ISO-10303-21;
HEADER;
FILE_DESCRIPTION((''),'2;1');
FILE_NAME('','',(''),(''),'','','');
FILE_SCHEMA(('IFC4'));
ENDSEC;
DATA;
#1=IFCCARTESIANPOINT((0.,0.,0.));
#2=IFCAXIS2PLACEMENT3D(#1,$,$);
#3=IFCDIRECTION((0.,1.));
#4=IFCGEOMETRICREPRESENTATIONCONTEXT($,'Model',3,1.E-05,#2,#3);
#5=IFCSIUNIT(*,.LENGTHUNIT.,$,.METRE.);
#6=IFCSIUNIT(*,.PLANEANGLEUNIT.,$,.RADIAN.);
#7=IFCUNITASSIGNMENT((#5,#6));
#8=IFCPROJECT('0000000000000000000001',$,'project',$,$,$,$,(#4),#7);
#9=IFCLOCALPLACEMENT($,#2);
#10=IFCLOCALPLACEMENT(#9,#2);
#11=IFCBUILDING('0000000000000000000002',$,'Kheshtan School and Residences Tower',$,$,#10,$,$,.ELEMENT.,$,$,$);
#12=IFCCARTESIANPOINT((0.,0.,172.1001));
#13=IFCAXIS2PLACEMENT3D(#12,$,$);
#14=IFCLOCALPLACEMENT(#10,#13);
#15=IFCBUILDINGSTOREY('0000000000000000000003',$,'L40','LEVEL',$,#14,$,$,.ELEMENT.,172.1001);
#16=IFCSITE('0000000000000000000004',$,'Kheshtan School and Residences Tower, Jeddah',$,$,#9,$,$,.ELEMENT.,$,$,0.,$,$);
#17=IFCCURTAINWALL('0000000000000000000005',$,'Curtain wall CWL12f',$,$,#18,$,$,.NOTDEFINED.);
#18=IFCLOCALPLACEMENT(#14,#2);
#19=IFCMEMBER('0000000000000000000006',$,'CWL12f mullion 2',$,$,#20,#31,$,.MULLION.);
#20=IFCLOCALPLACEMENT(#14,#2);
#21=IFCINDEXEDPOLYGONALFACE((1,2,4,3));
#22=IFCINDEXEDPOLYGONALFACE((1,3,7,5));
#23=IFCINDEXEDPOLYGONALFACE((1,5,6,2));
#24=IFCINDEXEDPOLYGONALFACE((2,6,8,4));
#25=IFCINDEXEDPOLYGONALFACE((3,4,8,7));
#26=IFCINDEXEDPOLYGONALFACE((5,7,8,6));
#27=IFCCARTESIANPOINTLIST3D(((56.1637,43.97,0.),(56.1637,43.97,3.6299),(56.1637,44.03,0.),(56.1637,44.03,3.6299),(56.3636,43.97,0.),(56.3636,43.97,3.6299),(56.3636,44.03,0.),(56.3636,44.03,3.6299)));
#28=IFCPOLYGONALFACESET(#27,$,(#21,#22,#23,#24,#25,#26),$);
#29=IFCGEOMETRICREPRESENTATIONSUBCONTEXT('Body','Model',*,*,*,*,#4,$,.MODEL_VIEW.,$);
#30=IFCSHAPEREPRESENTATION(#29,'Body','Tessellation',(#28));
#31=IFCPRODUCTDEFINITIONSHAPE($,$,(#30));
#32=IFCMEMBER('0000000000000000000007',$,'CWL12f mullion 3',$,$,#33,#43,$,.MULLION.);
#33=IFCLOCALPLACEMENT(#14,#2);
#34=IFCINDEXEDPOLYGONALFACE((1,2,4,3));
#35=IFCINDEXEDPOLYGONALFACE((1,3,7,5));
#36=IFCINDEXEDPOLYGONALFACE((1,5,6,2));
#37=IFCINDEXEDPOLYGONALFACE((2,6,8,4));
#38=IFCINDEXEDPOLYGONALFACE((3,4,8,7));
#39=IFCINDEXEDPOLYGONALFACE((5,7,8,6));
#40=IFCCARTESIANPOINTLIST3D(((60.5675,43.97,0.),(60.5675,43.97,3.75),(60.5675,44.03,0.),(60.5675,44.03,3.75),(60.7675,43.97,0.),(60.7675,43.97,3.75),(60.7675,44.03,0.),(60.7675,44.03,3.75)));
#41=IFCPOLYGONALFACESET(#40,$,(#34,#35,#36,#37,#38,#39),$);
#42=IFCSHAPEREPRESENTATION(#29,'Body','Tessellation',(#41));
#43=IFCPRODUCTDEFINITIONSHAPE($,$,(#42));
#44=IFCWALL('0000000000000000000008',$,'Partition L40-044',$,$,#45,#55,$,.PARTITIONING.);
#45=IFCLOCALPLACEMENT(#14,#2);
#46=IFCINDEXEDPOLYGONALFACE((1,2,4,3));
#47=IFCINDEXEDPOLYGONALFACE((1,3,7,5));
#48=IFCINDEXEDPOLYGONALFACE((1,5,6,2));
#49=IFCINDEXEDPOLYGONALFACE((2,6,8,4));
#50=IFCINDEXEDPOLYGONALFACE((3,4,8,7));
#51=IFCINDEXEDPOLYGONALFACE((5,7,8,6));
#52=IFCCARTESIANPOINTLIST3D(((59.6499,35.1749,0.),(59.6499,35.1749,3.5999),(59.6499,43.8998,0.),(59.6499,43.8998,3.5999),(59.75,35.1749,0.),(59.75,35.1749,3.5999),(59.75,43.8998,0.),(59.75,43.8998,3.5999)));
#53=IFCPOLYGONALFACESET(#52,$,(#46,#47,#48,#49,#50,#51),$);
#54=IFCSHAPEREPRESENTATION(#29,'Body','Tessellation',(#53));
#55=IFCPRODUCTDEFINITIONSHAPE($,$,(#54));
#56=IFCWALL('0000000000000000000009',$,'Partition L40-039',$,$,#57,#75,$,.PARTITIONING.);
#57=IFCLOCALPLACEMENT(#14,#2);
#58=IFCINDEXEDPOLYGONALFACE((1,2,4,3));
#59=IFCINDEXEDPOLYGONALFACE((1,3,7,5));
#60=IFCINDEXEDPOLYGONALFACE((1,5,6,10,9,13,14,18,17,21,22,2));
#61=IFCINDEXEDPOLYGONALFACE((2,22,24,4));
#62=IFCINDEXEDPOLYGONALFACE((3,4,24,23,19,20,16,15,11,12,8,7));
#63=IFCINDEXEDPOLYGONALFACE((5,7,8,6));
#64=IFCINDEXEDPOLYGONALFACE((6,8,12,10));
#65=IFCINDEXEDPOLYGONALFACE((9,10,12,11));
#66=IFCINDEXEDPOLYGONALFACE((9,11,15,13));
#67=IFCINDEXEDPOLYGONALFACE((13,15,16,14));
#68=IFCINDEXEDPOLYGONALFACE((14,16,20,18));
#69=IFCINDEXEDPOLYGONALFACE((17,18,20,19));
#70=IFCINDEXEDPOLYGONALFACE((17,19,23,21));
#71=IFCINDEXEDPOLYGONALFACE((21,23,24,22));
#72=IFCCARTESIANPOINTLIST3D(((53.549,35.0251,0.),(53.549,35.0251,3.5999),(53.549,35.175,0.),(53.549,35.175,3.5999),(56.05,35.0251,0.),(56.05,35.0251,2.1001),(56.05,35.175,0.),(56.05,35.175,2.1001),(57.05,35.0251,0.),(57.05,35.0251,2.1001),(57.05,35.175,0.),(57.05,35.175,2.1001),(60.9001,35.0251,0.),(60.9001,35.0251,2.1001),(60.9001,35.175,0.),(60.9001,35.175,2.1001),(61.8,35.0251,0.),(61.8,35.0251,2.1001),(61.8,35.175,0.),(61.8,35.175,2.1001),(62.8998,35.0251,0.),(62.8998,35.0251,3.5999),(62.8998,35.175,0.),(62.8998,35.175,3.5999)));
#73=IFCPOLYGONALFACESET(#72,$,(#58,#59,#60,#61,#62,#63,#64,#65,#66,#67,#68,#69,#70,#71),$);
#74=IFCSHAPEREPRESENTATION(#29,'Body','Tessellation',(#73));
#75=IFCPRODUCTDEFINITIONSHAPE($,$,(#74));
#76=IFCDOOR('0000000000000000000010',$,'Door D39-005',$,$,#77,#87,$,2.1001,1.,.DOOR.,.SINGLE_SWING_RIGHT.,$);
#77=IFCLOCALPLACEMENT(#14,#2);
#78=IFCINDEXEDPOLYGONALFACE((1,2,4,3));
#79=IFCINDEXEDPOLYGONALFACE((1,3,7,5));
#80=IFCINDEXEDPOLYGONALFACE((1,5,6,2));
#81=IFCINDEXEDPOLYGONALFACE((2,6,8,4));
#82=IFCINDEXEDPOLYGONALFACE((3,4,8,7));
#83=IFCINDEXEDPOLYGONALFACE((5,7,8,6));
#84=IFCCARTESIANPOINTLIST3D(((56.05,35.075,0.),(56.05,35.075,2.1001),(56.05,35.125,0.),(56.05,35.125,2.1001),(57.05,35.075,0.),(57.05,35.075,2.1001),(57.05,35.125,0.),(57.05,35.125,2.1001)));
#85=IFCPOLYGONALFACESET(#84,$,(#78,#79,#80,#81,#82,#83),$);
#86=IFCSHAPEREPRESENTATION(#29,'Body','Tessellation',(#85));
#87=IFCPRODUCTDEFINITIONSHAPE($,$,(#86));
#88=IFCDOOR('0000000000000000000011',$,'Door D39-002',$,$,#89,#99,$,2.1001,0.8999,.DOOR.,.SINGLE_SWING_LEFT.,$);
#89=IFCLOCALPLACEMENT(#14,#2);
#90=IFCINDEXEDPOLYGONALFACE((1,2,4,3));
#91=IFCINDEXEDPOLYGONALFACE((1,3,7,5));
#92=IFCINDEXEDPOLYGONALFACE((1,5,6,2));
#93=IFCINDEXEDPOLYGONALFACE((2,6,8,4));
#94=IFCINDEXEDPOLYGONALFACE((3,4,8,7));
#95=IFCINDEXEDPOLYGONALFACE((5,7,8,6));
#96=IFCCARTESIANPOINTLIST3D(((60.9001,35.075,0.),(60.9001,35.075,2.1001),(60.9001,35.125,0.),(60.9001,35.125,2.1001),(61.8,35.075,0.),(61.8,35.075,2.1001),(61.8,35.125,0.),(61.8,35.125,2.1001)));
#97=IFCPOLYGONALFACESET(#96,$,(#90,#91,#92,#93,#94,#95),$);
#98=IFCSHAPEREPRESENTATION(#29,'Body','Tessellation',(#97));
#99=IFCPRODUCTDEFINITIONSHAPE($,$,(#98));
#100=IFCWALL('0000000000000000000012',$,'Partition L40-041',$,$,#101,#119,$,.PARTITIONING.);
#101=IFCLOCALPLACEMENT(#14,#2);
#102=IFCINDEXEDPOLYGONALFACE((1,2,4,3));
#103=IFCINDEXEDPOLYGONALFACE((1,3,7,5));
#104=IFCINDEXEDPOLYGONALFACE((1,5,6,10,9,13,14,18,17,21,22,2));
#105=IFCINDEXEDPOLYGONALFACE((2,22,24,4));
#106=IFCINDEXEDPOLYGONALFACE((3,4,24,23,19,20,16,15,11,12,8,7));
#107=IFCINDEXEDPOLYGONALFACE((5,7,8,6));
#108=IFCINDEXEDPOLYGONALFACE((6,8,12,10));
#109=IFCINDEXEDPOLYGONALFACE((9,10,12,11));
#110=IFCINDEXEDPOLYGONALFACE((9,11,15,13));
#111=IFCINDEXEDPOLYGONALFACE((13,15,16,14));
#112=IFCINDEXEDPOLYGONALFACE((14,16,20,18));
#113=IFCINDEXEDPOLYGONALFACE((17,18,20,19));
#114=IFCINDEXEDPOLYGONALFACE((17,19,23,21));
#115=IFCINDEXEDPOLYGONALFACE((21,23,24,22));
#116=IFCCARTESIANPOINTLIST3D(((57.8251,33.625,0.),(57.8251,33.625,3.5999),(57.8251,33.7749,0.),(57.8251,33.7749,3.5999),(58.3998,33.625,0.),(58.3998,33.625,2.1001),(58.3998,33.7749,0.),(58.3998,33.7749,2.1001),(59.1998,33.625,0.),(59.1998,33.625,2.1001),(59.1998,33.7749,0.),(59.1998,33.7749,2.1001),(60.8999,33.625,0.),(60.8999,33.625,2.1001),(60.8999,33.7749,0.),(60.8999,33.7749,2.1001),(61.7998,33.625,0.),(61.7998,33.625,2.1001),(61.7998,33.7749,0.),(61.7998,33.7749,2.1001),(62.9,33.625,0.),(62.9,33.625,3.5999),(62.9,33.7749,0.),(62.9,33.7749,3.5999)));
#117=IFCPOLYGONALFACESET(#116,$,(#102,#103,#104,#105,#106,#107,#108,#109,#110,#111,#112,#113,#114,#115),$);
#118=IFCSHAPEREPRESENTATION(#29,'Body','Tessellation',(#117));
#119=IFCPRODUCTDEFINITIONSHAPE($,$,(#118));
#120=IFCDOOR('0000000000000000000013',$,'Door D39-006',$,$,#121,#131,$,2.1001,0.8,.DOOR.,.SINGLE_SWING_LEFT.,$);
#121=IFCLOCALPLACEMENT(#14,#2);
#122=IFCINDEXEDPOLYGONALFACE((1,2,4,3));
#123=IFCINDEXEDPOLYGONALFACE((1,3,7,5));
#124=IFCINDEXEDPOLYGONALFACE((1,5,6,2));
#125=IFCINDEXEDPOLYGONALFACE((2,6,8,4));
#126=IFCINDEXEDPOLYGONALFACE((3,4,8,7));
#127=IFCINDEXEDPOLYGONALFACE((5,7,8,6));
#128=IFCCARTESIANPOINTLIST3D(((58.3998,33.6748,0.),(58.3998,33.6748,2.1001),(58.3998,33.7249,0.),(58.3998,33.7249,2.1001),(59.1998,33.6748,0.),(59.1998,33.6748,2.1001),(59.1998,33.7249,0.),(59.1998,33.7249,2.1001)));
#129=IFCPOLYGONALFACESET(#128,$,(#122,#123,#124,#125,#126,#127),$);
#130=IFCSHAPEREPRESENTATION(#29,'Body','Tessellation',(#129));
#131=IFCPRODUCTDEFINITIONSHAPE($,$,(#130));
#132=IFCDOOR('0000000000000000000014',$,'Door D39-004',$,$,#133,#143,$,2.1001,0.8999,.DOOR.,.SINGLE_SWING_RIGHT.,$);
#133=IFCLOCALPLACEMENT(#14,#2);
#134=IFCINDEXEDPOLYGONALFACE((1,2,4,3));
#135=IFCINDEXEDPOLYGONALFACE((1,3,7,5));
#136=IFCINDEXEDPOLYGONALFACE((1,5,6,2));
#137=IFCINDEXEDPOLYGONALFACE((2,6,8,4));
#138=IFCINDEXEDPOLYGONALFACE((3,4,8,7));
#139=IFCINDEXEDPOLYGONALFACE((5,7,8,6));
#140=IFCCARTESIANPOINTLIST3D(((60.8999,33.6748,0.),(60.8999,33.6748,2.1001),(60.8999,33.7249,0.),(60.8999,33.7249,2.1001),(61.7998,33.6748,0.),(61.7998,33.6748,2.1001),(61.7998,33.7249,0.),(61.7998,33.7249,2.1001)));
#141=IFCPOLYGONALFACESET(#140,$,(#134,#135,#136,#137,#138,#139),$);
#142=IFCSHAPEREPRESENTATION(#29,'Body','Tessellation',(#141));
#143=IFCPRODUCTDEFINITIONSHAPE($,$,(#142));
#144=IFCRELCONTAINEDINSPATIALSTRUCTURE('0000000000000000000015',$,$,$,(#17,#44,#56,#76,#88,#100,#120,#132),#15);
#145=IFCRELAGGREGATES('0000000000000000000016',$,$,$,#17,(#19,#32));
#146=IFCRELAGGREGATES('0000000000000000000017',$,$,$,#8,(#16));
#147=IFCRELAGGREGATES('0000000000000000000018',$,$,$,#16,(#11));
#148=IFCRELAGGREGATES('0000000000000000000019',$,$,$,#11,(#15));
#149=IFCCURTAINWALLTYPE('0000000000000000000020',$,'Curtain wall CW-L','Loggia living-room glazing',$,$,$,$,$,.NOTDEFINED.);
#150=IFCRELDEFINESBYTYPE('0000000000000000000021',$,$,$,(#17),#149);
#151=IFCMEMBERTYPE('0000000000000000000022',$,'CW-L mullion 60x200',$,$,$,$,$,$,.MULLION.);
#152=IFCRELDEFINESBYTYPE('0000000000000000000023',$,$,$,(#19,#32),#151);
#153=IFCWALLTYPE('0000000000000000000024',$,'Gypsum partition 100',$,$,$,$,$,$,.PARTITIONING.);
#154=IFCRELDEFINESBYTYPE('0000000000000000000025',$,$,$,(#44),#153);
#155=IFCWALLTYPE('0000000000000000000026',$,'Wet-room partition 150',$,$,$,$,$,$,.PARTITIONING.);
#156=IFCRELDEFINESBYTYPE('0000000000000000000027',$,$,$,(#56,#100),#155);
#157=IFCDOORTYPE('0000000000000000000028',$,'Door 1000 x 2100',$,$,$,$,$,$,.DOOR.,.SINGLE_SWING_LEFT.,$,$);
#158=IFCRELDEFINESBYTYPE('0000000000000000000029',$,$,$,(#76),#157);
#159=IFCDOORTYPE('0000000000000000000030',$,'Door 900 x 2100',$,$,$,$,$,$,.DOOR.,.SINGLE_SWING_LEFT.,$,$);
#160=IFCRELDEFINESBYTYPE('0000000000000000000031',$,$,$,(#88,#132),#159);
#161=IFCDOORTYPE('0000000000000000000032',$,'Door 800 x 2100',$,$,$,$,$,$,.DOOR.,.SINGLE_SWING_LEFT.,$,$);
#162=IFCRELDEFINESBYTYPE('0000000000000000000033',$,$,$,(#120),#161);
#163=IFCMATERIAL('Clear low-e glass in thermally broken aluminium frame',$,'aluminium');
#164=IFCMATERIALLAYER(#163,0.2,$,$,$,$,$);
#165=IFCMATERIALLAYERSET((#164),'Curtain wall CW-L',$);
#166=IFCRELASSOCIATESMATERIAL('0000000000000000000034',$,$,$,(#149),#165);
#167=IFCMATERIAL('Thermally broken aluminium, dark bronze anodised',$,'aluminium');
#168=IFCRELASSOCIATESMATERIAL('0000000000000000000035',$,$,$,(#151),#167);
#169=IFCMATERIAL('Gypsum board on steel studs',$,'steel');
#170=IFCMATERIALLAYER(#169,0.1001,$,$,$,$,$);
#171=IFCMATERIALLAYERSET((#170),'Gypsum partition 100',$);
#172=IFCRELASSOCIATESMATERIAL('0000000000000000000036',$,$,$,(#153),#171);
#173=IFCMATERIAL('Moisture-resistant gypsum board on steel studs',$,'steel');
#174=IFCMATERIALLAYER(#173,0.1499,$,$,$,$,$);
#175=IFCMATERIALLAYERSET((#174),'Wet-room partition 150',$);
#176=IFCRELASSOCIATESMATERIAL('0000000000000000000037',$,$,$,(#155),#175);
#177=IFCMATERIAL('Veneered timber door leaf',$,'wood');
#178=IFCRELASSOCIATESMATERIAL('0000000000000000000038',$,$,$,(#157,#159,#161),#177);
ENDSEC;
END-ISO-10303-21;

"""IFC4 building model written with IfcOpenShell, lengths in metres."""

from ifc_helpers import new_model, si_unit, direction, frame, frame_2d, origin, origin_2d, place, context, subcontext, project, spatial, rectangle, extrude, source, transform, mapped, material, layer, layer_set, material_profile, profile_set, type_object, element, fill, aggregate, save


model = new_model("IFC4")

# Units and contexts
model_context = context("Model", 3, precision=1e-05, world=origin(), true_north=direction((0.0, 1.0)))
body_context = subcontext(model_context, "Body", "Model", "MODEL_VIEW")
ifc_project = project(units=[si_unit("LENGTHUNIT", "METRE"), si_unit("PLANEANGLEUNIT", "RADIAN")], contexts=[model_context])

# Site, building, storey
site_placement = place(None, origin())
site = spatial("IfcSite", under=ifc_project, at=site_placement, Name="Kheshtan School and Residences Tower, Jeddah", CompositionType="ELEMENT", RefElevation=0.0)
building_placement = place(site_placement, origin())
building = spatial("IfcBuilding", under=site, at=building_placement, Name="Kheshtan School and Residences Tower", CompositionType="ELEMENT")
storey_placement = place(building_placement, frame((0.0, 0.0, 172.1001)))
storey = spatial("IfcBuildingStorey", under=building, at=storey_placement, Name="L40", Description="LEVEL", CompositionType="ELEMENT", Elevation=172.1001)

# Curtain wall, members
ifc_material_1 = material(Name="Clear low-e glass in thermally broken aluminium frame", Category="aluminium")
ifc_layer_1 = layer(ifc_material_1, 0.2)
ifc_layer_set_1 = layer_set([ifc_layer_1], Name="Curtain wall CW-L")
curtain_wall_type = type_object("IfcCurtainWallType", Name="Curtain wall CW-L", Description="Loggia living-room glazing", PredefinedType="NOTDEFINED", material=ifc_layer_set_1)
curtain_wall_placement = place(storey_placement, origin())
curtain_wall = element("IfcCurtainWall", 1, at=curtain_wall_placement, inside=storey, type_object=curtain_wall_type, Name="Curtain wall CWL12f", PredefinedType="NOTDEFINED")
ifc_material_2 = material(Name="Thermally broken aluminium, dark bronze anodised", Category="aluminium")
ifc_material_profile_1 = material_profile(ifc_material_2, rectangle(XDim=0.0601, YDim=0.2, at=origin_2d()), Name="CW-L mullion 60x200")
ifc_profile_set_1 = profile_set([ifc_material_profile_1], Name="Thermally broken aluminium, dark bronze anodised")
member_type = type_object("IfcMemberType", Name="CW-L mullion 60x200", PredefinedType="MULLION", material=ifc_profile_set_1)
member_1_placement = place(storey_placement, frame((56.2637, 44.0, 0.0), z_axis=(0.0, 0.0, 1.0), x_axis=(0.0, 1.0, 0.0)))
member_1 = element("IfcMember", 2, at=member_1_placement, type_object=member_type, Name="CWL12f mullion 2", PredefinedType="MULLION", context=body_context, shape_type="SweptSolid", body=[
    extrude(rectangle(XDim=0.0601, YDim=0.2, at=origin_2d()), origin(), (0.0, 0.0, 1.0), 3.6299),
])
member_2_placement = place(storey_placement, frame((60.6675, 44.0, 0.0), z_axis=(0.0, 0.0, 1.0), x_axis=(0.0, 1.0, 0.0)))
member_2 = element("IfcMember", 3, at=member_2_placement, type_object=member_type, Name="CWL12f mullion 3", PredefinedType="MULLION", context=body_context, shape_type="SweptSolid", body=[
    extrude(rectangle(XDim=0.0601, YDim=0.2, at=origin_2d()), origin(), (0.0, 0.0, 1.0), 3.75),
])
aggregate(curtain_wall, [member_1, member_2])

# Wall
ifc_material_3 = material(Name="Gypsum board on steel studs", Category="steel")
ifc_layer_2 = layer(ifc_material_3, 0.1001)
ifc_layer_set_2 = layer_set([ifc_layer_2], Name="Gypsum partition 100")
wall_type_1 = type_object("IfcWallType", Name="Gypsum partition 100", PredefinedType="PARTITIONING", material=ifc_layer_set_2)
wall_1_placement = place(storey_placement, frame((59.7, 35.175, 0.0), z_axis=(0.0, 0.0, 1.0), x_axis=(0.0, 1.0, 0.0)))
element("IfcWall", 4, at=wall_1_placement, inside=storey, type_object=wall_type_1, Name="Partition L40-044", PredefinedType="PARTITIONING", context=body_context, shape_type="SweptSolid", body=[
    extrude(rectangle(XDim=8.7249, YDim=0.1001, at=frame_2d((4.3623, 0.0))), origin(), (0.0, 0.0, 1.0), 3.5999),
])

# Walls, openings, doors
ifc_material_4 = material(Name="Moisture-resistant gypsum board on steel studs", Category="steel")
ifc_layer_3 = layer(ifc_material_4, 0.1499)
ifc_layer_set_3 = layer_set([ifc_layer_3], Name="Wet-room partition 150")
wall_type_2 = type_object("IfcWallType", Name="Wet-room partition 150", PredefinedType="PARTITIONING", material=ifc_layer_set_3)
wall_2_placement = place(storey_placement, frame((53.5491, 35.1001, 0.0), z_axis=(0.0, 0.0, 1.0), x_axis=(1.0, 0.0, 0.0)))
wall_2 = element("IfcWall", 5, at=wall_2_placement, inside=storey, type_object=wall_type_2, Name="Partition L40-039", PredefinedType="PARTITIONING", context=body_context, shape_type="SweptSolid", body=[
    extrude(rectangle(XDim=9.3508, YDim=0.1499, at=frame_2d((4.6753, 0.0))), origin(), (0.0, 0.0, 1.0), 3.5999),
])
opening_1_placement = place(wall_2_placement, frame((7.3511, 0.0, 0.0)))
opening_1 = element("IfcOpeningElement", 6, at=opening_1_placement, cuts=wall_2, PredefinedType="OPENING", context=body_context, shape_type="SweptSolid", body=[
    extrude(rectangle(XDim=0.8999, YDim=2.1001, at=frame_2d((0.45, 1.05))), frame((0.0, 0.085, 0.0), z_axis=(0.0, -1.0, 0.0), x_axis=(1.0, 0.0, 0.0)), (0.0, 0.0, 1.0), 0.1699),
])
opening_2_placement = place(wall_2_placement, frame((2.501, 0.0, 0.0)))
opening_2 = element("IfcOpeningElement", 7, at=opening_2_placement, cuts=wall_2, PredefinedType="OPENING", context=body_context, shape_type="SweptSolid", body=[
    extrude(rectangle(XDim=1.0, YDim=2.1001, at=frame_2d((0.5, 1.05))), frame((0.0, 0.085, 0.0), z_axis=(0.0, -1.0, 0.0), x_axis=(1.0, 0.0, 0.0)), (0.0, 0.0, 1.0), 0.1699),
])
ifc_material_5 = material(Name="Veneered timber door leaf", Category="wood")
door_type_1 = type_object("IfcDoorType", Name="Door 1000 x 2100", OperationType="SINGLE_SWING_LEFT", PredefinedType="DOOR", material=ifc_material_5)
shared_shape_1 = source(origin(), body_context, "Body", "SweptSolid", [
    extrude(rectangle(XDim=1.0, YDim=2.1001, at=frame_2d((0.5, 1.05))), frame((0.0, 0.0249, 0.0), z_axis=(0.0, -1.0, 0.0), x_axis=(1.0, 0.0, 0.0)), (0.0, 0.0, 1.0), 0.05),
])
door_1_placement = place(opening_2_placement, origin())
door_1 = element("IfcDoor", 8, at=door_1_placement, inside=storey, type_object=door_type_1, Name="Door D39-005", OperationType="SINGLE_SWING_RIGHT", OverallHeight=2.1001, OverallWidth=1.0, PredefinedType="DOOR", context=body_context, shape_type="MappedRepresentation", body=[
    mapped(shared_shape_1, transform((0.0, 0.0, 0.0), x_axis=(1.0, 0.0, 0.0), y_axis=(0.0, 1.0, 0.0), z_axis=(0.0, 0.0, 1.0), scale=1.0)),
])
fill(opening_2, door_1)
door_type_2 = type_object("IfcDoorType", Name="Door 900 x 2100", OperationType="SINGLE_SWING_LEFT", PredefinedType="DOOR", material=ifc_material_5)
shared_shape_2 = source(origin(), body_context, "Body", "SweptSolid", [
    extrude(rectangle(XDim=0.8999, YDim=2.1001, at=frame_2d((0.45, 1.05))), frame((0.0, 0.0249, 0.0), z_axis=(0.0, -1.0, 0.0), x_axis=(1.0, 0.0, 0.0)), (0.0, 0.0, 1.0), 0.05),
])
door_2_placement = place(opening_1_placement, origin())
door_2 = element("IfcDoor", 9, at=door_2_placement, inside=storey, type_object=door_type_2, Name="Door D39-002", OperationType="SINGLE_SWING_LEFT", OverallHeight=2.1001, OverallWidth=0.8999, PredefinedType="DOOR", context=body_context, shape_type="MappedRepresentation", body=[
    mapped(shared_shape_2, transform((0.0, 0.0, 0.0), x_axis=(1.0, 0.0, 0.0), y_axis=(0.0, 1.0, 0.0), z_axis=(0.0, 0.0, 1.0), scale=1.0)),
])
fill(opening_1, door_2)
wall_3_placement = place(storey_placement, frame((57.825, 33.7, 0.0), z_axis=(0.0, 0.0, 1.0), x_axis=(1.0, 0.0, 0.0)))
wall_3 = element("IfcWall", 10, at=wall_3_placement, inside=storey, type_object=wall_type_2, Name="Partition L40-041", PredefinedType="PARTITIONING", context=body_context, shape_type="SweptSolid", body=[
    extrude(rectangle(XDim=5.075, YDim=0.1499, at=frame_2d((2.5376, 0.0))), origin(), (0.0, 0.0, 1.0), 3.5999),
])
opening_3_placement = place(wall_3_placement, frame((3.075, 0.0, 0.0)))
opening_3 = element("IfcOpeningElement", 11, at=opening_3_placement, cuts=wall_3, PredefinedType="OPENING", context=body_context, shape_type="SweptSolid", body=[
    extrude(rectangle(XDim=0.8999, YDim=2.1001, at=frame_2d((0.45, 1.05))), frame((0.0, 0.085, 0.0), z_axis=(0.0, -1.0, 0.0), x_axis=(1.0, 0.0, 0.0)), (0.0, 0.0, 1.0), 0.1699),
])
opening_4_placement = place(wall_3_placement, frame((0.575, 0.0, 0.0)))
opening_4 = element("IfcOpeningElement", 12, at=opening_4_placement, cuts=wall_3, PredefinedType="OPENING", context=body_context, shape_type="SweptSolid", body=[
    extrude(rectangle(XDim=0.8, YDim=2.1001, at=frame_2d((0.3999, 1.05))), frame((0.0, 0.085, 0.0), z_axis=(0.0, -1.0, 0.0), x_axis=(1.0, 0.0, 0.0)), (0.0, 0.0, 1.0), 0.1699),
])
door_type_3 = type_object("IfcDoorType", Name="Door 800 x 2100", OperationType="SINGLE_SWING_LEFT", PredefinedType="DOOR", material=ifc_material_5)
shared_shape_3 = source(origin(), body_context, "Body", "SweptSolid", [
    extrude(rectangle(XDim=0.8, YDim=2.1001, at=frame_2d((0.3999, 1.05))), frame((0.0, 0.0249, 0.0), z_axis=(0.0, -1.0, 0.0), x_axis=(1.0, 0.0, 0.0)), (0.0, 0.0, 1.0), 0.05),
])
door_3_placement = place(opening_4_placement, origin())
door_3 = element("IfcDoor", 13, at=door_3_placement, inside=storey, type_object=door_type_3, Name="Door D39-006", OperationType="SINGLE_SWING_LEFT", OverallHeight=2.1001, OverallWidth=0.8, PredefinedType="DOOR", context=body_context, shape_type="MappedRepresentation", body=[
    mapped(shared_shape_3, transform((0.0, 0.0, 0.0), x_axis=(1.0, 0.0, 0.0), y_axis=(0.0, 1.0, 0.0), z_axis=(0.0, 0.0, 1.0), scale=1.0)),
])
fill(opening_4, door_3)
door_4_placement = place(opening_3_placement, origin())
door_4 = element("IfcDoor", 14, at=door_4_placement, inside=storey, type_object=door_type_2, Name="Door D39-004", OperationType="SINGLE_SWING_RIGHT", OverallHeight=2.1001, OverallWidth=0.8999, PredefinedType="DOOR", context=body_context, shape_type="MappedRepresentation", body=[
    mapped(shared_shape_2, transform((0.0, 0.0, 0.0), x_axis=(1.0, 0.0, 0.0), y_axis=(0.0, 1.0, 0.0), z_axis=(0.0, 0.0, 1.0), scale=1.0)),
])
fill(opening_3, door_4)

save(model, "model.ifc")
